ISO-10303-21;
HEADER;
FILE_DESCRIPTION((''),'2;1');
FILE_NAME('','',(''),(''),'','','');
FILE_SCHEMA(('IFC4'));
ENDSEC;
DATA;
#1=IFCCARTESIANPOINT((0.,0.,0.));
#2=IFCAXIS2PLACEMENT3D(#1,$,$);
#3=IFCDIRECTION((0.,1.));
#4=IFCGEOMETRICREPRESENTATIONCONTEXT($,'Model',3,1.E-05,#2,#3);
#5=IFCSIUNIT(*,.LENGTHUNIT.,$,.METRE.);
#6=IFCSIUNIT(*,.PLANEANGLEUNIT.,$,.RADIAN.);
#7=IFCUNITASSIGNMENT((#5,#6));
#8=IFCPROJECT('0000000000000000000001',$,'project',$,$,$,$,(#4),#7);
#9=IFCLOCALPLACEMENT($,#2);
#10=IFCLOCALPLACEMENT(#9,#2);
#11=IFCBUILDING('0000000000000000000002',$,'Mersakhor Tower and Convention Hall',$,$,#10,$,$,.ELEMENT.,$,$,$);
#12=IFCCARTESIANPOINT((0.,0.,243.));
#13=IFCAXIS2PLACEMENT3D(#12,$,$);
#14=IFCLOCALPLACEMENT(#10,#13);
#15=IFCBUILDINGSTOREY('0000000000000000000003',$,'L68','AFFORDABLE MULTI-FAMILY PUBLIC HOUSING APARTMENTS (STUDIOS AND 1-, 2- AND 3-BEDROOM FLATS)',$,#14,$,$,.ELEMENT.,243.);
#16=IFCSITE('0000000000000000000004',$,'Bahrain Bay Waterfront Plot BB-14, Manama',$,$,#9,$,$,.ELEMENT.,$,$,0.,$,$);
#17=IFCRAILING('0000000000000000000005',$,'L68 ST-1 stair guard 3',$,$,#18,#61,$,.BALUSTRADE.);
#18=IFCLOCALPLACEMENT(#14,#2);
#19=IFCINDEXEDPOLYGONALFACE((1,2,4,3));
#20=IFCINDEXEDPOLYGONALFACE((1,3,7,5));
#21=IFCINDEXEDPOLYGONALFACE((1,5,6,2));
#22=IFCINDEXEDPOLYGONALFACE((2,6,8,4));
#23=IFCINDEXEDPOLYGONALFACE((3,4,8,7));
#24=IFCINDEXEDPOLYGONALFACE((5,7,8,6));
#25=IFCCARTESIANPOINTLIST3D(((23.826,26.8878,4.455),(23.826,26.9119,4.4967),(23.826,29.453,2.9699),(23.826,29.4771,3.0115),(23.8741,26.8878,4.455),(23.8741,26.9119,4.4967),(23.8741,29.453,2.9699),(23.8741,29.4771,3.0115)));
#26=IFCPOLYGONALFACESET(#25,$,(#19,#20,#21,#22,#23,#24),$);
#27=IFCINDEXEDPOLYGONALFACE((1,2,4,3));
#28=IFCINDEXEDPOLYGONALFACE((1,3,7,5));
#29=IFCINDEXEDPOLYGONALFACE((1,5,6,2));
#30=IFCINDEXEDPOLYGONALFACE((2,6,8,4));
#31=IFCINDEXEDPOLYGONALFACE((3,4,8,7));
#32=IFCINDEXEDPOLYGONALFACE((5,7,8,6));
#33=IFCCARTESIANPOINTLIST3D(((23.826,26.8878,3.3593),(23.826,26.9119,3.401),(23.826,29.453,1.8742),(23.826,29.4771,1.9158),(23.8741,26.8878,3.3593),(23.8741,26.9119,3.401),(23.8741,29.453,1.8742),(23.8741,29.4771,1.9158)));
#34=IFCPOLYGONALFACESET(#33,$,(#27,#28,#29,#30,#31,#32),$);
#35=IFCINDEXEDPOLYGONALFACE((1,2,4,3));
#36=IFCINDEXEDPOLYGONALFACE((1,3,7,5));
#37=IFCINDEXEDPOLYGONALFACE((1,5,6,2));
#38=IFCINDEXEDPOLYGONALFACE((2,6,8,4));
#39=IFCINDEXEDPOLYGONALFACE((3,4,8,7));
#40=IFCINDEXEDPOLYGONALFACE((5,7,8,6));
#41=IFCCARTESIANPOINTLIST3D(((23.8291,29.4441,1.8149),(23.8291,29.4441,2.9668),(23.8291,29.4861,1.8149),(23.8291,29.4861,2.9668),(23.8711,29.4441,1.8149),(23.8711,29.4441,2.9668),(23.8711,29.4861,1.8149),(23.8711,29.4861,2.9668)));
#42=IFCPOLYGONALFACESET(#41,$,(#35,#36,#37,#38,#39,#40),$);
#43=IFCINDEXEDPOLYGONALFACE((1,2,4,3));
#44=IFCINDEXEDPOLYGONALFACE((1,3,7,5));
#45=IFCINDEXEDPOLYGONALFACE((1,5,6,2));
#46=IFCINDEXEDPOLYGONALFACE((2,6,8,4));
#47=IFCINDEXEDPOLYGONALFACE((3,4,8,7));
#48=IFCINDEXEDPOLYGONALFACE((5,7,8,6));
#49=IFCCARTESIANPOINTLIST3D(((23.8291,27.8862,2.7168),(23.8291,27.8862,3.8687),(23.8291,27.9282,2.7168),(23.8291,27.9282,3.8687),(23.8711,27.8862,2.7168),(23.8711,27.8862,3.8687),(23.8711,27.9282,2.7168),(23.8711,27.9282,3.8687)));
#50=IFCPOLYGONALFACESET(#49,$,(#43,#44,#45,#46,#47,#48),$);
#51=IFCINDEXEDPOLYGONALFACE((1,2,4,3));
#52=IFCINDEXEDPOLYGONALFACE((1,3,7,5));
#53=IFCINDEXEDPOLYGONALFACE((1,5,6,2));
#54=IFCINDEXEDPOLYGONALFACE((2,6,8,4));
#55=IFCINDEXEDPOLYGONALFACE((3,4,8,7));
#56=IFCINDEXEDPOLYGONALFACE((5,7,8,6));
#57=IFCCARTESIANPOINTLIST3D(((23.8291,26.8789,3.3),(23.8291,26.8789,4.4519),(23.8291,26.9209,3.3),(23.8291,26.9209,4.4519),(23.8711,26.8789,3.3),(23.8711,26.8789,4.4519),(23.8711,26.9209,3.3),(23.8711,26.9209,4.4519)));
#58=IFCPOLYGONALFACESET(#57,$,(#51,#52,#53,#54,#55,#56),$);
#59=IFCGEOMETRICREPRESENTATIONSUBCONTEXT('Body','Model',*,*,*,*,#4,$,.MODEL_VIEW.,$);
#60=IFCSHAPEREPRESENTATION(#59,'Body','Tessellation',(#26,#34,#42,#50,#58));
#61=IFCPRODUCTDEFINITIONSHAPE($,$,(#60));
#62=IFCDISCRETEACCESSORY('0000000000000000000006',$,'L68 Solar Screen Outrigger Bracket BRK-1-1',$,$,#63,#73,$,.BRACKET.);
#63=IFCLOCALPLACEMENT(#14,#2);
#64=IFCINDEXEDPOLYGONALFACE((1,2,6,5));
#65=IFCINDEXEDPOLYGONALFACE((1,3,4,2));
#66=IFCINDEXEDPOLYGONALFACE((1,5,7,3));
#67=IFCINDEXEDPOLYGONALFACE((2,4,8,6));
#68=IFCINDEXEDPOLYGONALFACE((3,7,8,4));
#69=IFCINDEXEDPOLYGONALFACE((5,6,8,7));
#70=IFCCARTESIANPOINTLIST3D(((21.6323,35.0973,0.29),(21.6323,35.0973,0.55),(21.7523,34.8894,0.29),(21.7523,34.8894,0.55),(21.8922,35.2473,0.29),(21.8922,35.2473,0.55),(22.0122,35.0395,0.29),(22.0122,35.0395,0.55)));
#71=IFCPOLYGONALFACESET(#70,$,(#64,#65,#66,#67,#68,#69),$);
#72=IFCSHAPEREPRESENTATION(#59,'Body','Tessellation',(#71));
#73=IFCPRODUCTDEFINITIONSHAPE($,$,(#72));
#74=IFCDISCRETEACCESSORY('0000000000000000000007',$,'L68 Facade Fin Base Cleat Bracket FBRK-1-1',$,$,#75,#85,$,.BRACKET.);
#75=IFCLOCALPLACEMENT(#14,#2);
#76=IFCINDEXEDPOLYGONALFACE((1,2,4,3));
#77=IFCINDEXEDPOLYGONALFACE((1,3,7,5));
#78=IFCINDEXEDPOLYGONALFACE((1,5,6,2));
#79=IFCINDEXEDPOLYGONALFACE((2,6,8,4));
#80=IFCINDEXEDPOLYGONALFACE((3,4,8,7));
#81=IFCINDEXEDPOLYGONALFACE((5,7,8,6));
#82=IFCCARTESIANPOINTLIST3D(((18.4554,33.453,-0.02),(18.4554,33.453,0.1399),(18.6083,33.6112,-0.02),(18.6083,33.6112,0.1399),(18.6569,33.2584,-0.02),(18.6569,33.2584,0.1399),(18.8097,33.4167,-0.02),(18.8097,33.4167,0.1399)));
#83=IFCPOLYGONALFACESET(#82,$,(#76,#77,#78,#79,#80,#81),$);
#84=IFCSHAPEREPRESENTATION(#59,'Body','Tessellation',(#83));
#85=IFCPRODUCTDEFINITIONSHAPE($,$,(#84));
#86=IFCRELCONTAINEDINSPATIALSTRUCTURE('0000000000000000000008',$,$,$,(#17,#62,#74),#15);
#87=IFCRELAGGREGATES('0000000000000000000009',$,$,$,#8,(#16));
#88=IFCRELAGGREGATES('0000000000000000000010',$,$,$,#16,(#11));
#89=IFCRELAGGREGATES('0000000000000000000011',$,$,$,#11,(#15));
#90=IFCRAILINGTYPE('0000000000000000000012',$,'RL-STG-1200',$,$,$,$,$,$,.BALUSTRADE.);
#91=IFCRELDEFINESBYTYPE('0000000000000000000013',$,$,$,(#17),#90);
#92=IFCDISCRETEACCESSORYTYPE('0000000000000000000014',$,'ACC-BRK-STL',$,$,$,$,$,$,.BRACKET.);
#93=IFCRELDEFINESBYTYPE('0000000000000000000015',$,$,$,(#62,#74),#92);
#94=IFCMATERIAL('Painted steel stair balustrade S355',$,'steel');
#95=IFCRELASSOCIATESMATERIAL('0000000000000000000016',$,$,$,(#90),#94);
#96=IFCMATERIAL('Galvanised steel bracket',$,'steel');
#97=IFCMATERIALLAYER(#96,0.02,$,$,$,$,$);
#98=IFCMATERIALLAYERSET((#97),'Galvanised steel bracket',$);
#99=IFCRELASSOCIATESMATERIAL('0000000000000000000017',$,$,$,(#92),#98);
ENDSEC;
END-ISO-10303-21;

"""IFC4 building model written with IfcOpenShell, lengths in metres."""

from ifc_helpers import new_model, si_unit, direction, frame, origin, origin_2d, place, context, subcontext, project, spatial, rectangle, extrude, material, layer, layer_set, type_object, element, save


model = new_model("IFC4")

# Units and contexts
model_context = context("Model", 3, precision=1e-05, world=origin(), true_north=direction((0.0, 1.0)))
body_context = subcontext(model_context, "Body", "Model", "MODEL_VIEW")
ifc_project = project(units=[si_unit("LENGTHUNIT", "METRE"), si_unit("PLANEANGLEUNIT", "RADIAN")], contexts=[model_context])

# Site, building, storey
site_placement = place(None, origin())
site = spatial("IfcSite", under=ifc_project, at=site_placement, Name="Bahrain Bay Waterfront Plot BB-14, Manama", CompositionType="ELEMENT", RefElevation=0.0)
building_placement = place(site_placement, origin())
building = spatial("IfcBuilding", under=site, at=building_placement, Name="Mersakhor Tower and Convention Hall", CompositionType="ELEMENT")
storey_placement = place(building_placement, frame((0.0, 0.0, 243.0)))
storey = spatial("IfcBuildingStorey", under=building, at=storey_placement, Name="L68", Description="AFFORDABLE MULTI-FAMILY PUBLIC HOUSING APARTMENTS (STUDIOS AND 1-, 2- AND 3-BEDROOM FLATS)", CompositionType="ELEMENT", Elevation=243.0)

# Railing
ifc_material_1 = material(Name="Painted steel stair balustrade S355", Category="steel")
railing_type_1 = type_object("IfcRailingType", Name="RL-STG-1200", PredefinedType="BALUSTRADE", material=ifc_material_1)
railing_1_placement = place(storey_placement, frame((23.8501, 29.4651, 1.8149)))
element("IfcRailing", 1, at=railing_1_placement, inside=storey, type_object=railing_type_1, Name="L68 ST-1 stair guard 3", PredefinedType="BALUSTRADE", context=body_context, shape_type="SweptSolid", body=[
    extrude(rectangle(XDim=0.0481, YDim=0.0481, at=origin_2d()), frame((0.0, 0.0, 1.1758), z_axis=(0.0, -0.865426, 0.501036), x_axis=(1.0, 0.0, 0.0)), (0.0, 0.0, 1.0), 2.9641),
    extrude(rectangle(XDim=0.0481, YDim=0.0481, at=origin_2d()), frame((0.0, 0.0, 0.0801), z_axis=(0.0, -0.865426, 0.501036), x_axis=(1.0, 0.0, 0.0)), (0.0, 0.0, 1.0), 2.9641),
    extrude(rectangle(XDim=0.042, YDim=0.042, at=origin_2d()), origin(), (0.0, 0.0, 1.0), 1.1519),
    extrude(rectangle(XDim=0.042, YDim=0.042, at=origin_2d()), frame((0.0, -1.5579, 0.9019)), (0.0, 0.0, 1.0), 1.1519),
    extrude(rectangle(XDim=0.042, YDim=0.042, at=origin_2d()), frame((0.0, -2.5652, 1.4851)), (0.0, 0.0, 1.0), 1.1519),
])

# Discrete accessories
ifc_material_2 = material(Name="Galvanised steel bracket", Category="steel")
ifc_layer_1 = layer(ifc_material_2, 0.02)
ifc_layer_set_1 = layer_set([ifc_layer_1], Name="Galvanised steel bracket")
discrete_accessory_type = type_object("IfcDiscreteAccessoryType", Name="ACC-BRK-STL", PredefinedType="BRACKET", material=ifc_layer_set_1)
discrete_accessory_1_placement = place(storey_placement, frame((21.8223, 35.0684, 0.29), z_axis=(0.0, 0.0, 1.0), x_axis=(0.866025, 0.5, 0.0)))
element("IfcDiscreteAccessory", 2, at=discrete_accessory_1_placement, inside=storey, type_object=discrete_accessory_type, Name="L68 Solar Screen Outrigger Bracket BRK-1-1", PredefinedType="BRACKET", context=body_context, shape_type="SweptSolid", body=[
    extrude(rectangle(XDim=0.3, YDim=0.24, at=origin_2d()), origin(), (0.0, 0.0, 1.0), 0.26),
])
discrete_accessory_2_placement = place(storey_placement, frame((18.6326, 33.4348, -0.02), z_axis=(0.0, 0.0, 1.0), x_axis=(-0.71934, 0.694658, 0.0)))
element("IfcDiscreteAccessory", 3, at=discrete_accessory_2_placement, inside=storey, type_object=discrete_accessory_type, Name="L68 Facade Fin Base Cleat Bracket FBRK-1-1", PredefinedType="BRACKET", context=body_context, shape_type="SweptSolid", body=[
    extrude(rectangle(XDim=0.28, YDim=0.22, at=origin_2d()), origin(), (0.0, 0.0, 1.0), 0.1599),
])

save(model, "model.ifc")
